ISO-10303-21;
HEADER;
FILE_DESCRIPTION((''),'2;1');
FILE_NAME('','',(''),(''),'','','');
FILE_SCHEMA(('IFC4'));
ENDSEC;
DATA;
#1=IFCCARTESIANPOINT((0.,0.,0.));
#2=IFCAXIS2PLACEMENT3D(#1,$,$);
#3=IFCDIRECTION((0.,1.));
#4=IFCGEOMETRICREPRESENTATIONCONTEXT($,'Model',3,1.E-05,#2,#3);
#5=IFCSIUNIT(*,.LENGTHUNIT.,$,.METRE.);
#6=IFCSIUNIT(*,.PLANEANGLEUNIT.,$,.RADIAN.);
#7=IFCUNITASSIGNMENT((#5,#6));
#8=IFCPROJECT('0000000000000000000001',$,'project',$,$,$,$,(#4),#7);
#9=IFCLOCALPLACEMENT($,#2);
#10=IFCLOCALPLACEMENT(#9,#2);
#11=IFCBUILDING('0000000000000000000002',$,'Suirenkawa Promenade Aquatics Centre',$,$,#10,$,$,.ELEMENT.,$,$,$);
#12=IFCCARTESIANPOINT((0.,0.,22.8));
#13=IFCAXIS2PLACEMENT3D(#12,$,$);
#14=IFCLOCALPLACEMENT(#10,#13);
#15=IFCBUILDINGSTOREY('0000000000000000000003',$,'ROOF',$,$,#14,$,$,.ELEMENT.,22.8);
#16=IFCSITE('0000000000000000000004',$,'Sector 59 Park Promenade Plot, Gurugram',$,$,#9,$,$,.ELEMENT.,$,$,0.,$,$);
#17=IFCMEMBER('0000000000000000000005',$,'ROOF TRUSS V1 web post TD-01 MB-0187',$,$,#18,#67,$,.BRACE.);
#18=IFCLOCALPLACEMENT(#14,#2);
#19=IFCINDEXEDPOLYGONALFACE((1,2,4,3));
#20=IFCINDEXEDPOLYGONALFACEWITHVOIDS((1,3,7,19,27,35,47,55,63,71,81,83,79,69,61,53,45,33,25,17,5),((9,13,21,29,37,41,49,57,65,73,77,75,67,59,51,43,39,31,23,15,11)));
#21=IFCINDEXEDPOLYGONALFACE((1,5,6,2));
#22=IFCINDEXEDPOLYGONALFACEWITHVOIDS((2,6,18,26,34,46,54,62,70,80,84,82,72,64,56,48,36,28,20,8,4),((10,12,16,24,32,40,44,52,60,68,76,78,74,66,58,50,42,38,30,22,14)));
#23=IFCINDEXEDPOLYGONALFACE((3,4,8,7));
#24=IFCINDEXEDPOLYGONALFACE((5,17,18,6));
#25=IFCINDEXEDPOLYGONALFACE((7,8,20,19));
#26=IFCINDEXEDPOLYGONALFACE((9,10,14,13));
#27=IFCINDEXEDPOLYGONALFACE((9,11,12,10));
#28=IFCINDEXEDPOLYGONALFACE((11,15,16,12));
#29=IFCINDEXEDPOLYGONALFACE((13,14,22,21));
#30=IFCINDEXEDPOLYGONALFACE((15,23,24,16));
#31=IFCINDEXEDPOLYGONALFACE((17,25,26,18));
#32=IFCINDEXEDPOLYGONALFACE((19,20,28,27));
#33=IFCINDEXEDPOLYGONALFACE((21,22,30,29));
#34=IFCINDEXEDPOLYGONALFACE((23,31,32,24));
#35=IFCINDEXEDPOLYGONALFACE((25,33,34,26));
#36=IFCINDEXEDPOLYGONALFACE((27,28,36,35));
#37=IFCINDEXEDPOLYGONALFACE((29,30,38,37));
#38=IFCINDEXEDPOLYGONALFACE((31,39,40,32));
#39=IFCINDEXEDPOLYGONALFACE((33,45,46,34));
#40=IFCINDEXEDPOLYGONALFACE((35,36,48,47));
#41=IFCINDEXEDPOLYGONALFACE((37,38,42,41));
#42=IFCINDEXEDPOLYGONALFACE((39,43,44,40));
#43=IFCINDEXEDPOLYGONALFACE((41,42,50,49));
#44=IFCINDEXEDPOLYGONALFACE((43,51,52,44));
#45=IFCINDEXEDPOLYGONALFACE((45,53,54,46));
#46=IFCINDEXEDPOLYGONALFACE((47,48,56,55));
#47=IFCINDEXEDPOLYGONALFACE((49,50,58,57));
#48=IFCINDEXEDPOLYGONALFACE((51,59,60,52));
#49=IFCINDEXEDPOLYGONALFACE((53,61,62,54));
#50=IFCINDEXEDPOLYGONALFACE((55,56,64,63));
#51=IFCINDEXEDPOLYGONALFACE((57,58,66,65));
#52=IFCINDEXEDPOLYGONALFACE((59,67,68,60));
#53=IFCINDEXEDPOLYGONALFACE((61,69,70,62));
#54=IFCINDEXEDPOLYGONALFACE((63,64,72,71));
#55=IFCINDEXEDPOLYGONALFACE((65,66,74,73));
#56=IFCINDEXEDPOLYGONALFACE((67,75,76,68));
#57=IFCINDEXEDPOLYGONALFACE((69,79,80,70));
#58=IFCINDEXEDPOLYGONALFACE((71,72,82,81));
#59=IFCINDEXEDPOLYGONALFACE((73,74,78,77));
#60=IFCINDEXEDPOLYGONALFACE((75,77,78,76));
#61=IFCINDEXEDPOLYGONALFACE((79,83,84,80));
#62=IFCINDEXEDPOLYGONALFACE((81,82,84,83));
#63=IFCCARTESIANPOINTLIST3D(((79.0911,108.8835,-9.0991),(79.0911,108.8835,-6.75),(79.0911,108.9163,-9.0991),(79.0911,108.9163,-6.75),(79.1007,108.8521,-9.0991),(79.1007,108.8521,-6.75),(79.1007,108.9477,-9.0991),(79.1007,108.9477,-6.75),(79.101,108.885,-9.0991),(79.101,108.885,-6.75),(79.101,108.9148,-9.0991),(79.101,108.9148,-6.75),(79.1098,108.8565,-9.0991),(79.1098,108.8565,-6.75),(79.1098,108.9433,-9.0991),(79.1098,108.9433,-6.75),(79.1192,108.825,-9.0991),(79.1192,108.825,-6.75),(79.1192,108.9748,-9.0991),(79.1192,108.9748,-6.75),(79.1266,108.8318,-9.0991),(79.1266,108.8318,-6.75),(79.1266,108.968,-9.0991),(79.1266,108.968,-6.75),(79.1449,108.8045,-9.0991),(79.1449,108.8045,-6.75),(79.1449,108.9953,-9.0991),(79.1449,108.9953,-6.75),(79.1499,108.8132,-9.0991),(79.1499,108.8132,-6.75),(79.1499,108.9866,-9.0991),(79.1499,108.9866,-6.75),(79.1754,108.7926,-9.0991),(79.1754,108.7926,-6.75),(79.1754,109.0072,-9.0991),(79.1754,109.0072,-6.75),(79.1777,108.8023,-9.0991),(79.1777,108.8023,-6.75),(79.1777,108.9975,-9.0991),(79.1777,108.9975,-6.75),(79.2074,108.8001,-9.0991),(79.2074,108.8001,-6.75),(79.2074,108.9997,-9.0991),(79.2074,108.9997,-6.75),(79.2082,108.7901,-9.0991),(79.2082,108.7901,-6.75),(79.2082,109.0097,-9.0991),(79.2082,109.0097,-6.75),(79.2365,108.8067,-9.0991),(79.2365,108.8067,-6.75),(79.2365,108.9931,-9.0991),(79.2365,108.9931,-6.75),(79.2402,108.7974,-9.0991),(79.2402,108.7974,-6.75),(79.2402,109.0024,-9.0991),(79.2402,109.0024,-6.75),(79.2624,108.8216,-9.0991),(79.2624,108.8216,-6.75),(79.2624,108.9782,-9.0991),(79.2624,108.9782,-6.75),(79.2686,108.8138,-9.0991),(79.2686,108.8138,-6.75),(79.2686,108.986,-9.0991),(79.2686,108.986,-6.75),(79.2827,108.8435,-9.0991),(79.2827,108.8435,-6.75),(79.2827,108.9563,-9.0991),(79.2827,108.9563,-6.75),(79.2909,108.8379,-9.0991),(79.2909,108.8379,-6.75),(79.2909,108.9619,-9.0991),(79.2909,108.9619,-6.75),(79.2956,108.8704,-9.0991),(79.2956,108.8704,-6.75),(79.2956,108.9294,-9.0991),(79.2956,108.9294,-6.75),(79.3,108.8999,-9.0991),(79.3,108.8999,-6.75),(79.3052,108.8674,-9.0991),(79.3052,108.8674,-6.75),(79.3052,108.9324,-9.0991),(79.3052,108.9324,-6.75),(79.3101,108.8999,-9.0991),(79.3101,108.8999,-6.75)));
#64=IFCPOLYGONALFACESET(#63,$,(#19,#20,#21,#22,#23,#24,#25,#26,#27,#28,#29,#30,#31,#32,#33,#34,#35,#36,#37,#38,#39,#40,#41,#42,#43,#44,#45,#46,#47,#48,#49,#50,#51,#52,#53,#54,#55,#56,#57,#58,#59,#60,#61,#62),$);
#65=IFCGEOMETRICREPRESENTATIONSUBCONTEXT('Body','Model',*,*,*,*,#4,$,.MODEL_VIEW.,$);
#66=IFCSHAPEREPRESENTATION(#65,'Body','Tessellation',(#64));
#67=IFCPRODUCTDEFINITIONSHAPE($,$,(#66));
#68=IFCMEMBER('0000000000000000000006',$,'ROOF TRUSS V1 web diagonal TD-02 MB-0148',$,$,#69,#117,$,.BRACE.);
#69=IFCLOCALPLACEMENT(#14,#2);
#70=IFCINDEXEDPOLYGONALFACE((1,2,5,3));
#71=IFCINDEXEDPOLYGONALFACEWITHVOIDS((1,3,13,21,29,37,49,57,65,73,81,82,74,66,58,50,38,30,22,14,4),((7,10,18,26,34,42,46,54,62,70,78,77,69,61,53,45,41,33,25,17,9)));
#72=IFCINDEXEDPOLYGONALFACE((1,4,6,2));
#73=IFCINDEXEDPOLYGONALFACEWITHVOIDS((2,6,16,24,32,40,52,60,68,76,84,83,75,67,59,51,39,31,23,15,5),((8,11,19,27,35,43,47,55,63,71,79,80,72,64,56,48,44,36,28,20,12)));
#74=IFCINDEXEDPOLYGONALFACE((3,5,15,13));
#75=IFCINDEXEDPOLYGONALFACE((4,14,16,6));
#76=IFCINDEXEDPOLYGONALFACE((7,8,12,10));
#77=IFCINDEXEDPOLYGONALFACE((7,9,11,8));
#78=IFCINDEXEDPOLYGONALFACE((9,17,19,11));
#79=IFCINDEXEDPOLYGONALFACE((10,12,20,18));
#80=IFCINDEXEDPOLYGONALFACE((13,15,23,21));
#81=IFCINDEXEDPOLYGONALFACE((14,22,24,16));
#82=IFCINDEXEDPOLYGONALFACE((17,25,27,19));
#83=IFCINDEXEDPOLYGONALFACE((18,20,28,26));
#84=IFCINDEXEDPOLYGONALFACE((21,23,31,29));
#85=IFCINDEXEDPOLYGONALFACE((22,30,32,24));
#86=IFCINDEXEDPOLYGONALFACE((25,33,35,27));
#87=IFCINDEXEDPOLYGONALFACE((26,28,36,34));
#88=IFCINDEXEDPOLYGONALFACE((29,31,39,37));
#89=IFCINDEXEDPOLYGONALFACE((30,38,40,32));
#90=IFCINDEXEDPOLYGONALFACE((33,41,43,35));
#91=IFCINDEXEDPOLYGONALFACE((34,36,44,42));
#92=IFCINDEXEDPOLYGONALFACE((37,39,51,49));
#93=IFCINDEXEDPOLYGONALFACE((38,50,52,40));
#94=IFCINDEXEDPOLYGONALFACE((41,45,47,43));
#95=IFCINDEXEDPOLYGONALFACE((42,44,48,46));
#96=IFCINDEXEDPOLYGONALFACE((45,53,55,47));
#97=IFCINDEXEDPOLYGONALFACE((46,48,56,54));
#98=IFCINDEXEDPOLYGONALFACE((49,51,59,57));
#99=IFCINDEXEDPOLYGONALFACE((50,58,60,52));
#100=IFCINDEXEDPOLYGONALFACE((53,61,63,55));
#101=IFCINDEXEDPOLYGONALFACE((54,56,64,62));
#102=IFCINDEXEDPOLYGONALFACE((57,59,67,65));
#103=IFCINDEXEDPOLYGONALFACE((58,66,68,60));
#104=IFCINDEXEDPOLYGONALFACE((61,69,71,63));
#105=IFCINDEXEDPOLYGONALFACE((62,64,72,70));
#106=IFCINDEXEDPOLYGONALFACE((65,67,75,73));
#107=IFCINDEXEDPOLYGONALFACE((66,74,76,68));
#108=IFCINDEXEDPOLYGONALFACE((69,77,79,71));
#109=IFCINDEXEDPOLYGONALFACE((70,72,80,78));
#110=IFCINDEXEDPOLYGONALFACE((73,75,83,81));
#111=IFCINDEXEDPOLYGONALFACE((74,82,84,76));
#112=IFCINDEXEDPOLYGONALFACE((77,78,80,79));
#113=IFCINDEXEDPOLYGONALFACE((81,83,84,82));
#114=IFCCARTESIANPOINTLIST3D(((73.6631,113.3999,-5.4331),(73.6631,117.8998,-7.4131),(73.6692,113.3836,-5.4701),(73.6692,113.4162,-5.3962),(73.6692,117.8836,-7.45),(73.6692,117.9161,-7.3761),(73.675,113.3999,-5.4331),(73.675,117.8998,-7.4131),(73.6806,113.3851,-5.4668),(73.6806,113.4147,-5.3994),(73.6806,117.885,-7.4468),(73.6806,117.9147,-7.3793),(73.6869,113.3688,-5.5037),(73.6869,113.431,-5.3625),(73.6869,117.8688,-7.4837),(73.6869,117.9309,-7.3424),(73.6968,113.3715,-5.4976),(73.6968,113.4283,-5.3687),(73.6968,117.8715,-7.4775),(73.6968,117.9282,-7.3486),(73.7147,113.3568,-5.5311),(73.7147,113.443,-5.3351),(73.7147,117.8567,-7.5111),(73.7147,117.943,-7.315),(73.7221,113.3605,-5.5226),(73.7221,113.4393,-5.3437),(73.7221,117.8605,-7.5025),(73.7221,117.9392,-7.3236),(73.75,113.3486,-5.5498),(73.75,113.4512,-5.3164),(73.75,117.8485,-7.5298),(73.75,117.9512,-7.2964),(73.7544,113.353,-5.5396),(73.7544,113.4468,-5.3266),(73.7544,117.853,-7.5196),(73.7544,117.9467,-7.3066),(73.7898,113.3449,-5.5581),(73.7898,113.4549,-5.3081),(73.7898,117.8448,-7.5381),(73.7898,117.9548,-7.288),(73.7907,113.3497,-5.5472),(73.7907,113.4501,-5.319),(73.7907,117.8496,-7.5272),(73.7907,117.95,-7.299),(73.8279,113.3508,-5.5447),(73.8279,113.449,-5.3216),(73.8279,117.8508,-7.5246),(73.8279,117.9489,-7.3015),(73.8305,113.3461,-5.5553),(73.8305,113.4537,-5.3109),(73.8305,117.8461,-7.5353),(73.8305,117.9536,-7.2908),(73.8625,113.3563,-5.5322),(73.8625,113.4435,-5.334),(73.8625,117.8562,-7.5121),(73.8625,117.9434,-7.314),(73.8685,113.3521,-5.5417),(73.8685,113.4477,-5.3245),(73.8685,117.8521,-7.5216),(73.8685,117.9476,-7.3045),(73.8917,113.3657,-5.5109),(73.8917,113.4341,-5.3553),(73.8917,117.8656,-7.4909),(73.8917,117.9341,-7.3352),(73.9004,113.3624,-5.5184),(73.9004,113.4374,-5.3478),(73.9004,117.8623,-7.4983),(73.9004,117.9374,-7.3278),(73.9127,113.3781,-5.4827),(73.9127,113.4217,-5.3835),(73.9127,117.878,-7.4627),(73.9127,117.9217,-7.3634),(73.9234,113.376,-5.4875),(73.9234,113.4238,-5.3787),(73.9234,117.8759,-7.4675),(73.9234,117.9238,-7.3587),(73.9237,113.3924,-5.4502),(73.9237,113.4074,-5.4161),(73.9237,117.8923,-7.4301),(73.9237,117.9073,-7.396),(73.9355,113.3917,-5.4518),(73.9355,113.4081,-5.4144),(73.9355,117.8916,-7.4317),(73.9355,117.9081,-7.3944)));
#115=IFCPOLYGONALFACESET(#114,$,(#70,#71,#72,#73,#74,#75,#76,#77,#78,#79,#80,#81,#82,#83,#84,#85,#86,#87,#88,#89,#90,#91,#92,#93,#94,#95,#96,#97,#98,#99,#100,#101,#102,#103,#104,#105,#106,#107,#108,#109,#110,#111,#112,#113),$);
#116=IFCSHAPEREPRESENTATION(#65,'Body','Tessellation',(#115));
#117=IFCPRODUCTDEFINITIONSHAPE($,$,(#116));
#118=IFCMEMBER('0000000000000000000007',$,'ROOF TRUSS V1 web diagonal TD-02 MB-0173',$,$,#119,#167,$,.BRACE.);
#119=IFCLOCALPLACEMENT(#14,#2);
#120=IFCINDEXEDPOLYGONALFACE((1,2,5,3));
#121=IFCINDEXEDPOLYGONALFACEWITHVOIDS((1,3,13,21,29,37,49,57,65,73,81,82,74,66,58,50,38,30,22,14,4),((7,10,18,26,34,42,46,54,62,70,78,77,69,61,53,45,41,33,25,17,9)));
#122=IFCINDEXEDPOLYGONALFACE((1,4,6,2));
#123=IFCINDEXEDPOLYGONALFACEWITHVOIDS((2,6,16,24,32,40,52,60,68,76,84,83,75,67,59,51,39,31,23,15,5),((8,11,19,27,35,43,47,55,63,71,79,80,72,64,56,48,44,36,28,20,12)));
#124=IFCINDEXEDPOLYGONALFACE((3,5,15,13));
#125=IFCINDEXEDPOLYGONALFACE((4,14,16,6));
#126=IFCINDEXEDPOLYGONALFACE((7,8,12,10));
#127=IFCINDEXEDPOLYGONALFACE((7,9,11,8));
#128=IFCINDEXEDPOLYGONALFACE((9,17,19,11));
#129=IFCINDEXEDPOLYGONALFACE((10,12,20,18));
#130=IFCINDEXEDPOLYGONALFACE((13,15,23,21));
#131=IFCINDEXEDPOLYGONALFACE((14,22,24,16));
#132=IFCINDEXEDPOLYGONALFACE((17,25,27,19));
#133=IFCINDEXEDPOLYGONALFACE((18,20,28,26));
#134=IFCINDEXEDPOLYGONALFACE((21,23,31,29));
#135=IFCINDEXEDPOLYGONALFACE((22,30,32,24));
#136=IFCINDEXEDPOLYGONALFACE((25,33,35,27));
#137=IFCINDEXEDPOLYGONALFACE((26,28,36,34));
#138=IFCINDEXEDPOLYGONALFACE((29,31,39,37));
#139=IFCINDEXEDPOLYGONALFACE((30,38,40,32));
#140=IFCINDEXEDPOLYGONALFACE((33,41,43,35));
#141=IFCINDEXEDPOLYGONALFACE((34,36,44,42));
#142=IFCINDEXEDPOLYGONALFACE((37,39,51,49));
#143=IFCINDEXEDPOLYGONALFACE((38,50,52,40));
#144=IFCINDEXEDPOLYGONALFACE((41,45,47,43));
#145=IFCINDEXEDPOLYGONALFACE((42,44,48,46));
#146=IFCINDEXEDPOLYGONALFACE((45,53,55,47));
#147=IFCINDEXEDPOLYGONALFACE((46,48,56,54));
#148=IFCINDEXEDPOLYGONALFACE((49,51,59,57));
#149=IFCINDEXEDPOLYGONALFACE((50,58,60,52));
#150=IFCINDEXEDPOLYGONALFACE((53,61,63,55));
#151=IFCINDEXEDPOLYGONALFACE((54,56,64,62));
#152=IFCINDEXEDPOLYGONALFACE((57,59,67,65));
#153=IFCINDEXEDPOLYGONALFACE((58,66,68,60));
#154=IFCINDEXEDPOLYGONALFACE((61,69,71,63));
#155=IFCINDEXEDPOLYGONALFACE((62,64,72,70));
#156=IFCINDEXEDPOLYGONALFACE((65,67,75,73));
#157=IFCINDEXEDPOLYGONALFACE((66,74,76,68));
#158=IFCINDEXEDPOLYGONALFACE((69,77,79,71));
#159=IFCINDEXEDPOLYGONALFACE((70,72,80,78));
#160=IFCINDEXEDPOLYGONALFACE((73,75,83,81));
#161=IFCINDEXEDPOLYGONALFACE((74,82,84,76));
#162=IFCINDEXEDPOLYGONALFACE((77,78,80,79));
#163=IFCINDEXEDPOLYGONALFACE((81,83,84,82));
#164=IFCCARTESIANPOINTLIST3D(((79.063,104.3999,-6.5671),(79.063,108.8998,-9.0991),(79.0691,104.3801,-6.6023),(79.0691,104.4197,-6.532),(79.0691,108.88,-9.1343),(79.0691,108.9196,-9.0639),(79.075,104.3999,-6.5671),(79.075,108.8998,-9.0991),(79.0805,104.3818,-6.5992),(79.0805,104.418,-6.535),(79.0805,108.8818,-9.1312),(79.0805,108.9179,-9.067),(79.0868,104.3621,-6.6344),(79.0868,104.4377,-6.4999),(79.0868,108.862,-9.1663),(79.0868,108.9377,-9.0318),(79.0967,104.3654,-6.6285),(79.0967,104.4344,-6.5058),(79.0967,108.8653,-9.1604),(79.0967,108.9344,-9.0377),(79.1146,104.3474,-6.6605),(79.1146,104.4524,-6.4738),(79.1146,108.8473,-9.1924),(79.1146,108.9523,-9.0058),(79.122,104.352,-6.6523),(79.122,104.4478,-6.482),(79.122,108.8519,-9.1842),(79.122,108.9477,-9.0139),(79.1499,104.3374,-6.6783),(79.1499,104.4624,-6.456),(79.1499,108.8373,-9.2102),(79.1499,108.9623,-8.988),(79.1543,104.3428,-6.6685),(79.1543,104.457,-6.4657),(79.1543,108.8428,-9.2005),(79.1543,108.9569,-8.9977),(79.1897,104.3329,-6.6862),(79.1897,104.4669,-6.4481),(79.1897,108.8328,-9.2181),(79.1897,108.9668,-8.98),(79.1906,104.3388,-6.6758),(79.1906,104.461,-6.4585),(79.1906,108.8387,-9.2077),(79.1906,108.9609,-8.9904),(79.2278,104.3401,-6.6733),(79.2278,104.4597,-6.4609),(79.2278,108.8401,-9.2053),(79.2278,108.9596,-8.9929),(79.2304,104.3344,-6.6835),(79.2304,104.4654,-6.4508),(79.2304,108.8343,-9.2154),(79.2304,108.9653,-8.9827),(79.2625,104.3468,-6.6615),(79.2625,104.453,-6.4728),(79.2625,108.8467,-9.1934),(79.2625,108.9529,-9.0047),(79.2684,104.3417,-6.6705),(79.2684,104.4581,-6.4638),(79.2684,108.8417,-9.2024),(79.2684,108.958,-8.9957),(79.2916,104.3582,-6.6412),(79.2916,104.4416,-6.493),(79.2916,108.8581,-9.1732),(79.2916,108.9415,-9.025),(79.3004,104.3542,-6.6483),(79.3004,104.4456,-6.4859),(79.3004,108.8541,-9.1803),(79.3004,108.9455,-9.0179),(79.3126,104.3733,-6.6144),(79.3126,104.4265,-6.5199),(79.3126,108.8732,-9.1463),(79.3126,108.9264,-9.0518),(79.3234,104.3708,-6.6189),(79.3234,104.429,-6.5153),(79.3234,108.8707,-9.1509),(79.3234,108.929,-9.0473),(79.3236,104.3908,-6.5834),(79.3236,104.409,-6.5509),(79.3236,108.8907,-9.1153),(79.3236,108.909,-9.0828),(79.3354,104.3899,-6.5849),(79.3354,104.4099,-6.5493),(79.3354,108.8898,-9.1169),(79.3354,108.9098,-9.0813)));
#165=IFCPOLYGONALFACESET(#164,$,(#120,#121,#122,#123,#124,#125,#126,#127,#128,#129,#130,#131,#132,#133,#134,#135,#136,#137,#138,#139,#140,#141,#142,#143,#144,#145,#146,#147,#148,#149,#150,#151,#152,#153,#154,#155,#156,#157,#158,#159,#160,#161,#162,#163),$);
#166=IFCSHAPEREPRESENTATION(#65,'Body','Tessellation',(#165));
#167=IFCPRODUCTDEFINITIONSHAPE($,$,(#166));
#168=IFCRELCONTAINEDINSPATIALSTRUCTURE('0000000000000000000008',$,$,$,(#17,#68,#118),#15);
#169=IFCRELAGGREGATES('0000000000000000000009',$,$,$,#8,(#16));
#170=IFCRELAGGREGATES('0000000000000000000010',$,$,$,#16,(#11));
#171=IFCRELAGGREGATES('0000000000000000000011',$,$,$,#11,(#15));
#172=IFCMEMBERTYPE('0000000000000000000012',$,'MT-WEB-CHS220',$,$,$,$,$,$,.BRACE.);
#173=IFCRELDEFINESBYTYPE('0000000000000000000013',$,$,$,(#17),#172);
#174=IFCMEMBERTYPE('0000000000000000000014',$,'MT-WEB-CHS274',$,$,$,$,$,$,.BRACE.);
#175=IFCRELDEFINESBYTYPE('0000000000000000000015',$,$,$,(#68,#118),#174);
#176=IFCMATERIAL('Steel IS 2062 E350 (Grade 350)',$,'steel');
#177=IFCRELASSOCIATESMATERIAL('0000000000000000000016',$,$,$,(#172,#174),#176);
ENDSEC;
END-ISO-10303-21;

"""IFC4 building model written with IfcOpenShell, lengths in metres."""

from ifc_helpers import new_model, si_unit, direction, frame, origin, origin_2d, place, context, subcontext, project, spatial, hollow_circle, extrude, material, material_profile, profile_set, type_object, element, save


model = new_model("IFC4")

# Units and contexts
model_context = context("Model", 3, precision=1e-05, world=origin(), true_north=direction((0.0, 1.0)))
body_context = subcontext(model_context, "Body", "Model", "MODEL_VIEW")
ifc_project = project(units=[si_unit("LENGTHUNIT", "METRE"), si_unit("PLANEANGLEUNIT", "RADIAN")], contexts=[model_context])

# Site, building, storey
site_placement = place(None, origin())
site = spatial("IfcSite", under=ifc_project, at=site_placement, Name="Sector 59 Park Promenade Plot, Gurugram", CompositionType="ELEMENT", RefElevation=0.0)
building_placement = place(site_placement, origin())
building = spatial("IfcBuilding", under=site, at=building_placement, Name="Suirenkawa Promenade Aquatics Centre", CompositionType="ELEMENT")
storey_placement = place(building_placement, frame((0.0, 0.0, 22.8)))
storey = spatial("IfcBuildingStorey", under=building, at=storey_placement, Name="ROOF", CompositionType="ELEMENT", Elevation=22.8)

# Shared definitions
ifc_material = material(Name="Steel IS 2062 E350 (Grade 350)", Category="steel")

# Members
ifc_material_profile_1 = material_profile(ifc_material, hollow_circle(Radius=0.1101, WallThickness=0.01, at=origin_2d()), Name="CHS 220x10", Category="steel")
ifc_profile_set_1 = profile_set([ifc_material_profile_1], Name="Steel IS 2062 E350 (Grade 350)")
member_type_1 = type_object("IfcMemberType", Name="MT-WEB-CHS220", PredefinedType="BRACE", material=ifc_profile_set_1)
member_1_placement = place(storey_placement, frame((79.2, 108.8999, -9.0991), z_axis=(0.0, 0.0, 1.0), x_axis=(1.0, 0.0, 0.0)))
element("IfcMember", 1, at=member_1_placement, inside=storey, type_object=member_type_1, Name="ROOF TRUSS V1 web post TD-01 MB-0187", PredefinedType="BRACE", context=body_context, shape_type="SweptSolid", body=[
    extrude(hollow_circle(Radius=0.1101, WallThickness=0.01, at=origin_2d()), origin(), (0.0, 0.0, 1.0), 2.3491),
])
ifc_material_profile_2 = material_profile(ifc_material, hollow_circle(Radius=0.137, WallThickness=0.012, at=origin_2d()), Name="CHS 274x12", Category="steel")
ifc_profile_set_2 = profile_set([ifc_material_profile_2], Name="Steel IS 2062 E350 (Grade 350)")
member_type_2 = type_object("IfcMemberType", Name="MT-WEB-CHS274", PredefinedType="BRACE", material=ifc_profile_set_2)
member_2_placement = place(storey_placement, frame((73.8, 113.3999, -5.4331), z_axis=(0.0, 0.915316, -0.402735), x_axis=(-1.0, 0.0, 0.0)))
element("IfcMember", 2, at=member_2_placement, inside=storey, type_object=member_type_2, Name="ROOF TRUSS V1 web diagonal TD-02 MB-0148", PredefinedType="BRACE", context=body_context, shape_type="SweptSolid", body=[
    extrude(hollow_circle(Radius=0.137, WallThickness=0.012, at=origin_2d()), origin(), (0.0, 0.0, 1.0), 4.9163),
])
member_3_placement = place(storey_placement, frame((79.2, 104.3999, -6.5671), z_axis=(0.0, 0.871515, -0.490369), x_axis=(-1.0, 0.0, 0.0)))
element("IfcMember", 3, at=member_3_placement, inside=storey, type_object=member_type_2, Name="ROOF TRUSS V1 web diagonal TD-02 MB-0173", PredefinedType="BRACE", context=body_context, shape_type="SweptSolid", body=[
    extrude(hollow_circle(Radius=0.137, WallThickness=0.012, at=origin_2d()), origin(), (0.0, 0.0, 1.0), 5.1633),
])

save(model, "model.ifc")
